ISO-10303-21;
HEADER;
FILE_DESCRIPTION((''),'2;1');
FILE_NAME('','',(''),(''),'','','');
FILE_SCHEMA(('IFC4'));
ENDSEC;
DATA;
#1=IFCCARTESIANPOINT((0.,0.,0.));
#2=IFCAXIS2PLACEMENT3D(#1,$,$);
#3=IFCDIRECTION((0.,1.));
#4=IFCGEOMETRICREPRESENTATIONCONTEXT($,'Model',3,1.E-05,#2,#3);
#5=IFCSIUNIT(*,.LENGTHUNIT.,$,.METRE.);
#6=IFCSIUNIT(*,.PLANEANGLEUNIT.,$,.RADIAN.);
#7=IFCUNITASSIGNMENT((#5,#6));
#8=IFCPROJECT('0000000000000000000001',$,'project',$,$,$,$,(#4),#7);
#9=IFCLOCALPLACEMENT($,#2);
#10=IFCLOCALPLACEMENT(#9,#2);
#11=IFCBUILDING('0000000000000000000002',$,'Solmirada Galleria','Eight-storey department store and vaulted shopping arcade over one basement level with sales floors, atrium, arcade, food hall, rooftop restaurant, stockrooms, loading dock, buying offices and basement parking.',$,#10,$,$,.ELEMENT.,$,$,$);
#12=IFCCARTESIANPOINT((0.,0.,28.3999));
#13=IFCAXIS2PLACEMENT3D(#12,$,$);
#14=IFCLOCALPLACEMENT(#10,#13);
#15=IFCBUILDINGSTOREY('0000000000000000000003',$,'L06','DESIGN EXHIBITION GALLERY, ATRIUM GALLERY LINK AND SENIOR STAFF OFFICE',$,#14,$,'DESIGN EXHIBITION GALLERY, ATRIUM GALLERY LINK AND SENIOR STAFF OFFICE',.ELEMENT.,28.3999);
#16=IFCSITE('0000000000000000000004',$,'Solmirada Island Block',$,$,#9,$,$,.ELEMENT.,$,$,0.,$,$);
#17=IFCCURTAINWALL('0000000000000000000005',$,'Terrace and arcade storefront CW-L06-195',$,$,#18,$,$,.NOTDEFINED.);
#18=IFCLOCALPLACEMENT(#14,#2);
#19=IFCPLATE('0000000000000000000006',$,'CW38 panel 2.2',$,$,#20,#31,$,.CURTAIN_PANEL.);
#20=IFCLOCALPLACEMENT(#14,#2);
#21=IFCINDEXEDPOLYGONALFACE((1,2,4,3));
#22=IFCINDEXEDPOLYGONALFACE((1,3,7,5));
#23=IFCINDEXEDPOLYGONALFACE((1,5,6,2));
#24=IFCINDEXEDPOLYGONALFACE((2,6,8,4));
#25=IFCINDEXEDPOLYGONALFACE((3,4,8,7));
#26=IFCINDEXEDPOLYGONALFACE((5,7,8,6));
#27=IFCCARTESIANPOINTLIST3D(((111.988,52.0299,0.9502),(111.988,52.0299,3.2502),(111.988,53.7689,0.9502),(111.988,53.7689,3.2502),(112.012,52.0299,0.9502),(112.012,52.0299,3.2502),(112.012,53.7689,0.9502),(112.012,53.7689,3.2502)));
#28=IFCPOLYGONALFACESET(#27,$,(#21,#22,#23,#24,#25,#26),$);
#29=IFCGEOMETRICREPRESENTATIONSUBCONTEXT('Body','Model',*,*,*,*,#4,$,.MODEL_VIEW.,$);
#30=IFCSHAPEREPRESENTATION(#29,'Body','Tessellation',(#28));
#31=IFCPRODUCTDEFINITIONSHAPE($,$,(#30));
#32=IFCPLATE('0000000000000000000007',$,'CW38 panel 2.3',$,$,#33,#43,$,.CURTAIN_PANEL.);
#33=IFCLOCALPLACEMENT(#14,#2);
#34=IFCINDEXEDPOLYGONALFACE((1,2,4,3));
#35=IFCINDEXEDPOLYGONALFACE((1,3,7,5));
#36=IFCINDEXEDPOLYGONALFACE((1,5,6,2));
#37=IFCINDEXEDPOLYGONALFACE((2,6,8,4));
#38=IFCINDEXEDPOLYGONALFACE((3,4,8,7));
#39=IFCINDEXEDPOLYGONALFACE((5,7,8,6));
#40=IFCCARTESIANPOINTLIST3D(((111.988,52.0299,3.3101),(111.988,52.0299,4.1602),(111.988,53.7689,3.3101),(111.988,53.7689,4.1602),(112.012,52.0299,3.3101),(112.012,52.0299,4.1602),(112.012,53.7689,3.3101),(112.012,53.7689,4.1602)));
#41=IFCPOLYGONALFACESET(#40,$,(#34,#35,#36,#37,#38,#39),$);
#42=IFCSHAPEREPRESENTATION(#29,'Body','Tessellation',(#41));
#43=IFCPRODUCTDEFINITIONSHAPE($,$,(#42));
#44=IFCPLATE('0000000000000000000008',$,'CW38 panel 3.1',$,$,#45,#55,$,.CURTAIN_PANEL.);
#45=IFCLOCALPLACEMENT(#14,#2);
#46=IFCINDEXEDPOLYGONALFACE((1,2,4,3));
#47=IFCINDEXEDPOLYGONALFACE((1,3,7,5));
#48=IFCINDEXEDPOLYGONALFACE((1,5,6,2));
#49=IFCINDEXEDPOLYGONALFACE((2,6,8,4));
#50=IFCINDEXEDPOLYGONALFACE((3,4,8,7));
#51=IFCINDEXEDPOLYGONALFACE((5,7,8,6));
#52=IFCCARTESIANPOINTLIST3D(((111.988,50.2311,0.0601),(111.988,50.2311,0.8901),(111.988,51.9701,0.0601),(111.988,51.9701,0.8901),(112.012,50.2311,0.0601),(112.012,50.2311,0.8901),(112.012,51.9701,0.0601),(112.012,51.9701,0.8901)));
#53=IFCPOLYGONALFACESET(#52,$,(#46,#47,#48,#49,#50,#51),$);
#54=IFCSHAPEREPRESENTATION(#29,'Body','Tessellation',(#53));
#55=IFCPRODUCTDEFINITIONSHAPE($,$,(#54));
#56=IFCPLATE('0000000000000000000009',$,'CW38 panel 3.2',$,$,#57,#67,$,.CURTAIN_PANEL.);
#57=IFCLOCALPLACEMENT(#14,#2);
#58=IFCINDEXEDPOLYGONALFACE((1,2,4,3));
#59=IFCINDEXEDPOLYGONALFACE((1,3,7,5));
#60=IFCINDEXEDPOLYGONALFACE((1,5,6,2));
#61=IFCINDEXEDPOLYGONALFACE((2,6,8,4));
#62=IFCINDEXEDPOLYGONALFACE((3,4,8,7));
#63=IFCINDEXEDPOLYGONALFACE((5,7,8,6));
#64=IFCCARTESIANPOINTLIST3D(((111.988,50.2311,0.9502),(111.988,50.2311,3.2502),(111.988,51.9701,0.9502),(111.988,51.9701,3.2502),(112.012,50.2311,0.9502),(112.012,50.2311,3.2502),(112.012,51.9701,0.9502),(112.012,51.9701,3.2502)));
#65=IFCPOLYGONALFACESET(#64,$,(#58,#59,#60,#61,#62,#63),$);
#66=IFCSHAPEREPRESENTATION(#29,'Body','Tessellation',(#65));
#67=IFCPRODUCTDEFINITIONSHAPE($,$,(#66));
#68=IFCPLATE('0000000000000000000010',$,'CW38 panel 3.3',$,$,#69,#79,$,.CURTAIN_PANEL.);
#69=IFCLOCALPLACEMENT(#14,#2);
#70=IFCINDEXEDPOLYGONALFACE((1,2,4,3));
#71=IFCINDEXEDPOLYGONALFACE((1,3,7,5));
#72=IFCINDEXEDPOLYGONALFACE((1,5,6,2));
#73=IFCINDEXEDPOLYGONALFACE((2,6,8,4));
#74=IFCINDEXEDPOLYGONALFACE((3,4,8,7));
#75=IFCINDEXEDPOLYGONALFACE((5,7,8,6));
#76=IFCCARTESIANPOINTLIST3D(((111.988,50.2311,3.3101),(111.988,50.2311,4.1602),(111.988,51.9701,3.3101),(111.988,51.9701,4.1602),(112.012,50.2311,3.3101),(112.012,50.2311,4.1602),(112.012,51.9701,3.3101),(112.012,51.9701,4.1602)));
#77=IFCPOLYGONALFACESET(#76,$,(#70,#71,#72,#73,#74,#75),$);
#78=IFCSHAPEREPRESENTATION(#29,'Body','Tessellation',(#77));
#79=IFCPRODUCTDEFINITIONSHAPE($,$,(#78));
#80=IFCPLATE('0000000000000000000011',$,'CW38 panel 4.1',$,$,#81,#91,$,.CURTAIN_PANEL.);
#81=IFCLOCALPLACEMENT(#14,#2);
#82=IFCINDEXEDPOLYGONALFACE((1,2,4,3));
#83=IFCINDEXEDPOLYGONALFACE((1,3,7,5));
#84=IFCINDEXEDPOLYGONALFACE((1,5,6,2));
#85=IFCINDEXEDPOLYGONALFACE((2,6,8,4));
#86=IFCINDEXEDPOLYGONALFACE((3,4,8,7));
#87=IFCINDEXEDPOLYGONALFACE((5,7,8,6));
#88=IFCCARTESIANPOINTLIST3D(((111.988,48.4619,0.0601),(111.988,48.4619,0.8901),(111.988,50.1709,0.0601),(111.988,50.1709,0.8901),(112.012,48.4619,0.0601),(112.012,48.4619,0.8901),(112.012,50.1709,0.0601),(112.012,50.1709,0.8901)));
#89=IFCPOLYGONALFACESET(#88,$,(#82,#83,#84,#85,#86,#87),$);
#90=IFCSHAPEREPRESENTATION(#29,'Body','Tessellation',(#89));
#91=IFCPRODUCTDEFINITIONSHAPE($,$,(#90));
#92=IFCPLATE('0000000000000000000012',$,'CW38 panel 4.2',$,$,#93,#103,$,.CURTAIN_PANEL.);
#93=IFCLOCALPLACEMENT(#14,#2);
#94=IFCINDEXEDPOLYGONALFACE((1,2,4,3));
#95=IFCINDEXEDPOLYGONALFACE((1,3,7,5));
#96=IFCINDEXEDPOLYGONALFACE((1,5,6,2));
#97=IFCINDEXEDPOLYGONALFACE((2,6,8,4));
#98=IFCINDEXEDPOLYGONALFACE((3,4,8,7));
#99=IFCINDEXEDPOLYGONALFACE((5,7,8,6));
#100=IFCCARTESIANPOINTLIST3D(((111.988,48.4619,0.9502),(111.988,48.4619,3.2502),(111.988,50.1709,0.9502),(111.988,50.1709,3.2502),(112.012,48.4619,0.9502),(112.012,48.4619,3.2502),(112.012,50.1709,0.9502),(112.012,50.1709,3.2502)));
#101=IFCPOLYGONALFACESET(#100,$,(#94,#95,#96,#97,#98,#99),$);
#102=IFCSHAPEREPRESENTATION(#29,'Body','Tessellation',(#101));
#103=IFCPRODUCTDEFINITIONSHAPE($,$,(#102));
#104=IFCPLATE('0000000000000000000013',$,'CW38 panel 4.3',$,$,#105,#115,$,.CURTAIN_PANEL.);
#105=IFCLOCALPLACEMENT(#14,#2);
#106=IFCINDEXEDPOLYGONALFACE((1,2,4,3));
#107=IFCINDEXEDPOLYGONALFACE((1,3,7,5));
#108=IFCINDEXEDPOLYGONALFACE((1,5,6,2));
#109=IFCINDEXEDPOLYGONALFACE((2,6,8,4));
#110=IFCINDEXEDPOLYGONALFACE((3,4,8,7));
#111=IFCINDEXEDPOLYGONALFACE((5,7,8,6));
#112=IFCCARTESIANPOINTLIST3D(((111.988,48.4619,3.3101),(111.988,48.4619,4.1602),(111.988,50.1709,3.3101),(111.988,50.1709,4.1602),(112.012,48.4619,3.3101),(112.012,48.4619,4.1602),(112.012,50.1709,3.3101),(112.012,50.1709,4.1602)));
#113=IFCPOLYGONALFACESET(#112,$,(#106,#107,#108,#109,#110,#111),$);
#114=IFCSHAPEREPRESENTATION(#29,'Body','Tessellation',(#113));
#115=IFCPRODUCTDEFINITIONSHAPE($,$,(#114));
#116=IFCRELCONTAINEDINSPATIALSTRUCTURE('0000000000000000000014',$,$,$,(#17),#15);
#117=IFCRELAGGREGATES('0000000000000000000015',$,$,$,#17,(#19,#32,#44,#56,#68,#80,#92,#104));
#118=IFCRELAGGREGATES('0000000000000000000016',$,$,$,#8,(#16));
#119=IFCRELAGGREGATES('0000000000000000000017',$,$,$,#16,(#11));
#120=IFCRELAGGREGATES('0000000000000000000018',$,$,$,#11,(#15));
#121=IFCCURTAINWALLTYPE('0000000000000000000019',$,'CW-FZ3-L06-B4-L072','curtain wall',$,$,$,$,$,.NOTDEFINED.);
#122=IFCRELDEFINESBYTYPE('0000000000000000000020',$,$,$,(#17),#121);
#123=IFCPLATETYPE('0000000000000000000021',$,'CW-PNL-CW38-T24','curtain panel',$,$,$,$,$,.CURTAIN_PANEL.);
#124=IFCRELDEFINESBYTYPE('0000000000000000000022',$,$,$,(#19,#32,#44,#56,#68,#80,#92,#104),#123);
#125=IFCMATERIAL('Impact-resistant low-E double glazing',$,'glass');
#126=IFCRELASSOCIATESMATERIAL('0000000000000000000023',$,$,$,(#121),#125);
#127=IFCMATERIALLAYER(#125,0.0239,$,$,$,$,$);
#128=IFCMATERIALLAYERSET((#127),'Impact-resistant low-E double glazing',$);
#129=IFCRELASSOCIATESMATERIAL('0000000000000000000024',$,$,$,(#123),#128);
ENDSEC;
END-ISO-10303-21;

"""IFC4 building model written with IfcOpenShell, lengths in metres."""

from ifc_helpers import new_model, si_unit, direction, frame, origin, origin_2d, place, context, subcontext, project, spatial, rectangle, extrude, material, layer, layer_set, type_object, element, aggregate, save


model = new_model("IFC4")

# Units and contexts
model_context = context("Model", 3, precision=1e-05, world=origin(), true_north=direction((0.0, 1.0)))
body_context = subcontext(model_context, "Body", "Model", "MODEL_VIEW")
ifc_project = project(units=[si_unit("LENGTHUNIT", "METRE"), si_unit("PLANEANGLEUNIT", "RADIAN")], contexts=[model_context])

# Site, building, storey
site_placement = place(None, origin())
site = spatial("IfcSite", under=ifc_project, at=site_placement, Name="Solmirada Island Block", CompositionType="ELEMENT", RefElevation=0.0)
building_placement = place(site_placement, origin())
building = spatial("IfcBuilding", under=site, at=building_placement, Name="Solmirada Galleria", Description="Eight-storey department store and vaulted shopping arcade over one basement level with sales floors, atrium, arcade, food hall, rooftop restaurant, stockrooms, loading dock, buying offices and basement parking.", CompositionType="ELEMENT")
storey_placement = place(building_placement, frame((0.0, 0.0, 28.3999)))
storey = spatial("IfcBuildingStorey", under=building, at=storey_placement, Name="L06", Description="DESIGN EXHIBITION GALLERY, ATRIUM GALLERY LINK AND SENIOR STAFF OFFICE", LongName="DESIGN EXHIBITION GALLERY, ATRIUM GALLERY LINK AND SENIOR STAFF OFFICE", CompositionType="ELEMENT", Elevation=28.3999)

# Curtain wall
ifc_material_1 = material(Name="Impact-resistant low-E double glazing", Category="glass")
curtain_wall_type = type_object("IfcCurtainWallType", Name="CW-FZ3-L06-B4-L072", Description="curtain wall", PredefinedType="NOTDEFINED", material=ifc_material_1)
curtain_wall_1_placement = place(storey_placement, origin())
curtain_wall_1 = element("IfcCurtainWall", 1, at=curtain_wall_1_placement, inside=storey, type_object=curtain_wall_type, Name="Terrace and arcade storefront CW-L06-195", PredefinedType="NOTDEFINED")

# Plates
ifc_layer = layer(ifc_material_1, 0.0239)
ifc_layer_set = layer_set([ifc_layer], Name="Impact-resistant low-E double glazing")
plate_type = type_object("IfcPlateType", Name="CW-PNL-CW38-T24", Description="curtain panel", PredefinedType="CURTAIN_PANEL", material=ifc_layer_set)
plate_1_placement = place(storey_placement, frame((112.0, 52.8994, 0.9502), z_axis=(0.0, 0.0, 1.0), x_axis=(0.0, -1.0, 0.0)))
plate_1 = element("IfcPlate", 2, at=plate_1_placement, type_object=plate_type, Name="CW38 panel 2.2", PredefinedType="CURTAIN_PANEL", context=body_context, shape_type="SweptSolid", body=[
    extrude(rectangle(XDim=1.739, YDim=0.0239, at=origin_2d()), origin(), (0.0, 0.0, 1.0), 2.3),
])
plate_2_placement = place(storey_placement, frame((112.0, 52.8994, 3.3101), z_axis=(0.0, 0.0, 1.0), x_axis=(0.0, -1.0, 0.0)))
plate_2 = element("IfcPlate", 3, at=plate_2_placement, type_object=plate_type, Name="CW38 panel 2.3", PredefinedType="CURTAIN_PANEL", context=body_context, shape_type="SweptSolid", body=[
    extrude(rectangle(XDim=1.739, YDim=0.0239, at=origin_2d()), origin(), (0.0, 0.0, 1.0), 0.8501),
])
plate_3_placement = place(storey_placement, frame((112.0, 51.1006, 0.0601), z_axis=(0.0, 0.0, 1.0), x_axis=(0.0, -1.0, 0.0)))
plate_3 = element("IfcPlate", 4, at=plate_3_placement, type_object=plate_type, Name="CW38 panel 3.1", PredefinedType="CURTAIN_PANEL", context=body_context, shape_type="SweptSolid", body=[
    extrude(rectangle(XDim=1.739, YDim=0.0239, at=origin_2d()), origin(), (0.0, 0.0, 1.0), 0.8301),
])
plate_4_placement = place(storey_placement, frame((112.0, 51.1006, 0.9502), z_axis=(0.0, 0.0, 1.0), x_axis=(0.0, -1.0, 0.0)))
plate_4 = element("IfcPlate", 5, at=plate_4_placement, type_object=plate_type, Name="CW38 panel 3.2", PredefinedType="CURTAIN_PANEL", context=body_context, shape_type="SweptSolid", body=[
    extrude(rectangle(XDim=1.739, YDim=0.0239, at=origin_2d()), origin(), (0.0, 0.0, 1.0), 2.3),
])
plate_5_placement = place(storey_placement, frame((112.0, 51.1006, 3.3101), z_axis=(0.0, 0.0, 1.0), x_axis=(0.0, -1.0, 0.0)))
plate_5 = element("IfcPlate", 6, at=plate_5_placement, type_object=plate_type, Name="CW38 panel 3.3", PredefinedType="CURTAIN_PANEL", context=body_context, shape_type="SweptSolid", body=[
    extrude(rectangle(XDim=1.739, YDim=0.0239, at=origin_2d()), origin(), (0.0, 0.0, 1.0), 0.8501),
])
plate_6_placement = place(storey_placement, frame((112.0, 49.3164, 0.0601), z_axis=(0.0, 0.0, 1.0), x_axis=(0.0, -1.0, 0.0)))
plate_6 = element("IfcPlate", 7, at=plate_6_placement, type_object=plate_type, Name="CW38 panel 4.1", PredefinedType="CURTAIN_PANEL", context=body_context, shape_type="SweptSolid", body=[
    extrude(rectangle(XDim=1.709, YDim=0.0239, at=origin_2d()), origin(), (0.0, 0.0, 1.0), 0.8301),
])
plate_7_placement = place(storey_placement, frame((112.0, 49.3164, 0.9502), z_axis=(0.0, 0.0, 1.0), x_axis=(0.0, -1.0, 0.0)))
plate_7 = element("IfcPlate", 8, at=plate_7_placement, type_object=plate_type, Name="CW38 panel 4.2", PredefinedType="CURTAIN_PANEL", context=body_context, shape_type="SweptSolid", body=[
    extrude(rectangle(XDim=1.709, YDim=0.0239, at=origin_2d()), origin(), (0.0, 0.0, 1.0), 2.3),
])
plate_8_placement = place(storey_placement, frame((112.0, 49.3164, 3.3101), z_axis=(0.0, 0.0, 1.0), x_axis=(0.0, -1.0, 0.0)))
plate_8 = element("IfcPlate", 9, at=plate_8_placement, type_object=plate_type, Name="CW38 panel 4.3", PredefinedType="CURTAIN_PANEL", context=body_context, shape_type="SweptSolid", body=[
    extrude(rectangle(XDim=1.709, YDim=0.0239, at=origin_2d()), origin(), (0.0, 0.0, 1.0), 0.8501),
])
aggregate(curtain_wall_1, [plate_1, plate_2, plate_3, plate_4, plate_5, plate_6, plate_7, plate_8])

save(model, "model.ifc")
